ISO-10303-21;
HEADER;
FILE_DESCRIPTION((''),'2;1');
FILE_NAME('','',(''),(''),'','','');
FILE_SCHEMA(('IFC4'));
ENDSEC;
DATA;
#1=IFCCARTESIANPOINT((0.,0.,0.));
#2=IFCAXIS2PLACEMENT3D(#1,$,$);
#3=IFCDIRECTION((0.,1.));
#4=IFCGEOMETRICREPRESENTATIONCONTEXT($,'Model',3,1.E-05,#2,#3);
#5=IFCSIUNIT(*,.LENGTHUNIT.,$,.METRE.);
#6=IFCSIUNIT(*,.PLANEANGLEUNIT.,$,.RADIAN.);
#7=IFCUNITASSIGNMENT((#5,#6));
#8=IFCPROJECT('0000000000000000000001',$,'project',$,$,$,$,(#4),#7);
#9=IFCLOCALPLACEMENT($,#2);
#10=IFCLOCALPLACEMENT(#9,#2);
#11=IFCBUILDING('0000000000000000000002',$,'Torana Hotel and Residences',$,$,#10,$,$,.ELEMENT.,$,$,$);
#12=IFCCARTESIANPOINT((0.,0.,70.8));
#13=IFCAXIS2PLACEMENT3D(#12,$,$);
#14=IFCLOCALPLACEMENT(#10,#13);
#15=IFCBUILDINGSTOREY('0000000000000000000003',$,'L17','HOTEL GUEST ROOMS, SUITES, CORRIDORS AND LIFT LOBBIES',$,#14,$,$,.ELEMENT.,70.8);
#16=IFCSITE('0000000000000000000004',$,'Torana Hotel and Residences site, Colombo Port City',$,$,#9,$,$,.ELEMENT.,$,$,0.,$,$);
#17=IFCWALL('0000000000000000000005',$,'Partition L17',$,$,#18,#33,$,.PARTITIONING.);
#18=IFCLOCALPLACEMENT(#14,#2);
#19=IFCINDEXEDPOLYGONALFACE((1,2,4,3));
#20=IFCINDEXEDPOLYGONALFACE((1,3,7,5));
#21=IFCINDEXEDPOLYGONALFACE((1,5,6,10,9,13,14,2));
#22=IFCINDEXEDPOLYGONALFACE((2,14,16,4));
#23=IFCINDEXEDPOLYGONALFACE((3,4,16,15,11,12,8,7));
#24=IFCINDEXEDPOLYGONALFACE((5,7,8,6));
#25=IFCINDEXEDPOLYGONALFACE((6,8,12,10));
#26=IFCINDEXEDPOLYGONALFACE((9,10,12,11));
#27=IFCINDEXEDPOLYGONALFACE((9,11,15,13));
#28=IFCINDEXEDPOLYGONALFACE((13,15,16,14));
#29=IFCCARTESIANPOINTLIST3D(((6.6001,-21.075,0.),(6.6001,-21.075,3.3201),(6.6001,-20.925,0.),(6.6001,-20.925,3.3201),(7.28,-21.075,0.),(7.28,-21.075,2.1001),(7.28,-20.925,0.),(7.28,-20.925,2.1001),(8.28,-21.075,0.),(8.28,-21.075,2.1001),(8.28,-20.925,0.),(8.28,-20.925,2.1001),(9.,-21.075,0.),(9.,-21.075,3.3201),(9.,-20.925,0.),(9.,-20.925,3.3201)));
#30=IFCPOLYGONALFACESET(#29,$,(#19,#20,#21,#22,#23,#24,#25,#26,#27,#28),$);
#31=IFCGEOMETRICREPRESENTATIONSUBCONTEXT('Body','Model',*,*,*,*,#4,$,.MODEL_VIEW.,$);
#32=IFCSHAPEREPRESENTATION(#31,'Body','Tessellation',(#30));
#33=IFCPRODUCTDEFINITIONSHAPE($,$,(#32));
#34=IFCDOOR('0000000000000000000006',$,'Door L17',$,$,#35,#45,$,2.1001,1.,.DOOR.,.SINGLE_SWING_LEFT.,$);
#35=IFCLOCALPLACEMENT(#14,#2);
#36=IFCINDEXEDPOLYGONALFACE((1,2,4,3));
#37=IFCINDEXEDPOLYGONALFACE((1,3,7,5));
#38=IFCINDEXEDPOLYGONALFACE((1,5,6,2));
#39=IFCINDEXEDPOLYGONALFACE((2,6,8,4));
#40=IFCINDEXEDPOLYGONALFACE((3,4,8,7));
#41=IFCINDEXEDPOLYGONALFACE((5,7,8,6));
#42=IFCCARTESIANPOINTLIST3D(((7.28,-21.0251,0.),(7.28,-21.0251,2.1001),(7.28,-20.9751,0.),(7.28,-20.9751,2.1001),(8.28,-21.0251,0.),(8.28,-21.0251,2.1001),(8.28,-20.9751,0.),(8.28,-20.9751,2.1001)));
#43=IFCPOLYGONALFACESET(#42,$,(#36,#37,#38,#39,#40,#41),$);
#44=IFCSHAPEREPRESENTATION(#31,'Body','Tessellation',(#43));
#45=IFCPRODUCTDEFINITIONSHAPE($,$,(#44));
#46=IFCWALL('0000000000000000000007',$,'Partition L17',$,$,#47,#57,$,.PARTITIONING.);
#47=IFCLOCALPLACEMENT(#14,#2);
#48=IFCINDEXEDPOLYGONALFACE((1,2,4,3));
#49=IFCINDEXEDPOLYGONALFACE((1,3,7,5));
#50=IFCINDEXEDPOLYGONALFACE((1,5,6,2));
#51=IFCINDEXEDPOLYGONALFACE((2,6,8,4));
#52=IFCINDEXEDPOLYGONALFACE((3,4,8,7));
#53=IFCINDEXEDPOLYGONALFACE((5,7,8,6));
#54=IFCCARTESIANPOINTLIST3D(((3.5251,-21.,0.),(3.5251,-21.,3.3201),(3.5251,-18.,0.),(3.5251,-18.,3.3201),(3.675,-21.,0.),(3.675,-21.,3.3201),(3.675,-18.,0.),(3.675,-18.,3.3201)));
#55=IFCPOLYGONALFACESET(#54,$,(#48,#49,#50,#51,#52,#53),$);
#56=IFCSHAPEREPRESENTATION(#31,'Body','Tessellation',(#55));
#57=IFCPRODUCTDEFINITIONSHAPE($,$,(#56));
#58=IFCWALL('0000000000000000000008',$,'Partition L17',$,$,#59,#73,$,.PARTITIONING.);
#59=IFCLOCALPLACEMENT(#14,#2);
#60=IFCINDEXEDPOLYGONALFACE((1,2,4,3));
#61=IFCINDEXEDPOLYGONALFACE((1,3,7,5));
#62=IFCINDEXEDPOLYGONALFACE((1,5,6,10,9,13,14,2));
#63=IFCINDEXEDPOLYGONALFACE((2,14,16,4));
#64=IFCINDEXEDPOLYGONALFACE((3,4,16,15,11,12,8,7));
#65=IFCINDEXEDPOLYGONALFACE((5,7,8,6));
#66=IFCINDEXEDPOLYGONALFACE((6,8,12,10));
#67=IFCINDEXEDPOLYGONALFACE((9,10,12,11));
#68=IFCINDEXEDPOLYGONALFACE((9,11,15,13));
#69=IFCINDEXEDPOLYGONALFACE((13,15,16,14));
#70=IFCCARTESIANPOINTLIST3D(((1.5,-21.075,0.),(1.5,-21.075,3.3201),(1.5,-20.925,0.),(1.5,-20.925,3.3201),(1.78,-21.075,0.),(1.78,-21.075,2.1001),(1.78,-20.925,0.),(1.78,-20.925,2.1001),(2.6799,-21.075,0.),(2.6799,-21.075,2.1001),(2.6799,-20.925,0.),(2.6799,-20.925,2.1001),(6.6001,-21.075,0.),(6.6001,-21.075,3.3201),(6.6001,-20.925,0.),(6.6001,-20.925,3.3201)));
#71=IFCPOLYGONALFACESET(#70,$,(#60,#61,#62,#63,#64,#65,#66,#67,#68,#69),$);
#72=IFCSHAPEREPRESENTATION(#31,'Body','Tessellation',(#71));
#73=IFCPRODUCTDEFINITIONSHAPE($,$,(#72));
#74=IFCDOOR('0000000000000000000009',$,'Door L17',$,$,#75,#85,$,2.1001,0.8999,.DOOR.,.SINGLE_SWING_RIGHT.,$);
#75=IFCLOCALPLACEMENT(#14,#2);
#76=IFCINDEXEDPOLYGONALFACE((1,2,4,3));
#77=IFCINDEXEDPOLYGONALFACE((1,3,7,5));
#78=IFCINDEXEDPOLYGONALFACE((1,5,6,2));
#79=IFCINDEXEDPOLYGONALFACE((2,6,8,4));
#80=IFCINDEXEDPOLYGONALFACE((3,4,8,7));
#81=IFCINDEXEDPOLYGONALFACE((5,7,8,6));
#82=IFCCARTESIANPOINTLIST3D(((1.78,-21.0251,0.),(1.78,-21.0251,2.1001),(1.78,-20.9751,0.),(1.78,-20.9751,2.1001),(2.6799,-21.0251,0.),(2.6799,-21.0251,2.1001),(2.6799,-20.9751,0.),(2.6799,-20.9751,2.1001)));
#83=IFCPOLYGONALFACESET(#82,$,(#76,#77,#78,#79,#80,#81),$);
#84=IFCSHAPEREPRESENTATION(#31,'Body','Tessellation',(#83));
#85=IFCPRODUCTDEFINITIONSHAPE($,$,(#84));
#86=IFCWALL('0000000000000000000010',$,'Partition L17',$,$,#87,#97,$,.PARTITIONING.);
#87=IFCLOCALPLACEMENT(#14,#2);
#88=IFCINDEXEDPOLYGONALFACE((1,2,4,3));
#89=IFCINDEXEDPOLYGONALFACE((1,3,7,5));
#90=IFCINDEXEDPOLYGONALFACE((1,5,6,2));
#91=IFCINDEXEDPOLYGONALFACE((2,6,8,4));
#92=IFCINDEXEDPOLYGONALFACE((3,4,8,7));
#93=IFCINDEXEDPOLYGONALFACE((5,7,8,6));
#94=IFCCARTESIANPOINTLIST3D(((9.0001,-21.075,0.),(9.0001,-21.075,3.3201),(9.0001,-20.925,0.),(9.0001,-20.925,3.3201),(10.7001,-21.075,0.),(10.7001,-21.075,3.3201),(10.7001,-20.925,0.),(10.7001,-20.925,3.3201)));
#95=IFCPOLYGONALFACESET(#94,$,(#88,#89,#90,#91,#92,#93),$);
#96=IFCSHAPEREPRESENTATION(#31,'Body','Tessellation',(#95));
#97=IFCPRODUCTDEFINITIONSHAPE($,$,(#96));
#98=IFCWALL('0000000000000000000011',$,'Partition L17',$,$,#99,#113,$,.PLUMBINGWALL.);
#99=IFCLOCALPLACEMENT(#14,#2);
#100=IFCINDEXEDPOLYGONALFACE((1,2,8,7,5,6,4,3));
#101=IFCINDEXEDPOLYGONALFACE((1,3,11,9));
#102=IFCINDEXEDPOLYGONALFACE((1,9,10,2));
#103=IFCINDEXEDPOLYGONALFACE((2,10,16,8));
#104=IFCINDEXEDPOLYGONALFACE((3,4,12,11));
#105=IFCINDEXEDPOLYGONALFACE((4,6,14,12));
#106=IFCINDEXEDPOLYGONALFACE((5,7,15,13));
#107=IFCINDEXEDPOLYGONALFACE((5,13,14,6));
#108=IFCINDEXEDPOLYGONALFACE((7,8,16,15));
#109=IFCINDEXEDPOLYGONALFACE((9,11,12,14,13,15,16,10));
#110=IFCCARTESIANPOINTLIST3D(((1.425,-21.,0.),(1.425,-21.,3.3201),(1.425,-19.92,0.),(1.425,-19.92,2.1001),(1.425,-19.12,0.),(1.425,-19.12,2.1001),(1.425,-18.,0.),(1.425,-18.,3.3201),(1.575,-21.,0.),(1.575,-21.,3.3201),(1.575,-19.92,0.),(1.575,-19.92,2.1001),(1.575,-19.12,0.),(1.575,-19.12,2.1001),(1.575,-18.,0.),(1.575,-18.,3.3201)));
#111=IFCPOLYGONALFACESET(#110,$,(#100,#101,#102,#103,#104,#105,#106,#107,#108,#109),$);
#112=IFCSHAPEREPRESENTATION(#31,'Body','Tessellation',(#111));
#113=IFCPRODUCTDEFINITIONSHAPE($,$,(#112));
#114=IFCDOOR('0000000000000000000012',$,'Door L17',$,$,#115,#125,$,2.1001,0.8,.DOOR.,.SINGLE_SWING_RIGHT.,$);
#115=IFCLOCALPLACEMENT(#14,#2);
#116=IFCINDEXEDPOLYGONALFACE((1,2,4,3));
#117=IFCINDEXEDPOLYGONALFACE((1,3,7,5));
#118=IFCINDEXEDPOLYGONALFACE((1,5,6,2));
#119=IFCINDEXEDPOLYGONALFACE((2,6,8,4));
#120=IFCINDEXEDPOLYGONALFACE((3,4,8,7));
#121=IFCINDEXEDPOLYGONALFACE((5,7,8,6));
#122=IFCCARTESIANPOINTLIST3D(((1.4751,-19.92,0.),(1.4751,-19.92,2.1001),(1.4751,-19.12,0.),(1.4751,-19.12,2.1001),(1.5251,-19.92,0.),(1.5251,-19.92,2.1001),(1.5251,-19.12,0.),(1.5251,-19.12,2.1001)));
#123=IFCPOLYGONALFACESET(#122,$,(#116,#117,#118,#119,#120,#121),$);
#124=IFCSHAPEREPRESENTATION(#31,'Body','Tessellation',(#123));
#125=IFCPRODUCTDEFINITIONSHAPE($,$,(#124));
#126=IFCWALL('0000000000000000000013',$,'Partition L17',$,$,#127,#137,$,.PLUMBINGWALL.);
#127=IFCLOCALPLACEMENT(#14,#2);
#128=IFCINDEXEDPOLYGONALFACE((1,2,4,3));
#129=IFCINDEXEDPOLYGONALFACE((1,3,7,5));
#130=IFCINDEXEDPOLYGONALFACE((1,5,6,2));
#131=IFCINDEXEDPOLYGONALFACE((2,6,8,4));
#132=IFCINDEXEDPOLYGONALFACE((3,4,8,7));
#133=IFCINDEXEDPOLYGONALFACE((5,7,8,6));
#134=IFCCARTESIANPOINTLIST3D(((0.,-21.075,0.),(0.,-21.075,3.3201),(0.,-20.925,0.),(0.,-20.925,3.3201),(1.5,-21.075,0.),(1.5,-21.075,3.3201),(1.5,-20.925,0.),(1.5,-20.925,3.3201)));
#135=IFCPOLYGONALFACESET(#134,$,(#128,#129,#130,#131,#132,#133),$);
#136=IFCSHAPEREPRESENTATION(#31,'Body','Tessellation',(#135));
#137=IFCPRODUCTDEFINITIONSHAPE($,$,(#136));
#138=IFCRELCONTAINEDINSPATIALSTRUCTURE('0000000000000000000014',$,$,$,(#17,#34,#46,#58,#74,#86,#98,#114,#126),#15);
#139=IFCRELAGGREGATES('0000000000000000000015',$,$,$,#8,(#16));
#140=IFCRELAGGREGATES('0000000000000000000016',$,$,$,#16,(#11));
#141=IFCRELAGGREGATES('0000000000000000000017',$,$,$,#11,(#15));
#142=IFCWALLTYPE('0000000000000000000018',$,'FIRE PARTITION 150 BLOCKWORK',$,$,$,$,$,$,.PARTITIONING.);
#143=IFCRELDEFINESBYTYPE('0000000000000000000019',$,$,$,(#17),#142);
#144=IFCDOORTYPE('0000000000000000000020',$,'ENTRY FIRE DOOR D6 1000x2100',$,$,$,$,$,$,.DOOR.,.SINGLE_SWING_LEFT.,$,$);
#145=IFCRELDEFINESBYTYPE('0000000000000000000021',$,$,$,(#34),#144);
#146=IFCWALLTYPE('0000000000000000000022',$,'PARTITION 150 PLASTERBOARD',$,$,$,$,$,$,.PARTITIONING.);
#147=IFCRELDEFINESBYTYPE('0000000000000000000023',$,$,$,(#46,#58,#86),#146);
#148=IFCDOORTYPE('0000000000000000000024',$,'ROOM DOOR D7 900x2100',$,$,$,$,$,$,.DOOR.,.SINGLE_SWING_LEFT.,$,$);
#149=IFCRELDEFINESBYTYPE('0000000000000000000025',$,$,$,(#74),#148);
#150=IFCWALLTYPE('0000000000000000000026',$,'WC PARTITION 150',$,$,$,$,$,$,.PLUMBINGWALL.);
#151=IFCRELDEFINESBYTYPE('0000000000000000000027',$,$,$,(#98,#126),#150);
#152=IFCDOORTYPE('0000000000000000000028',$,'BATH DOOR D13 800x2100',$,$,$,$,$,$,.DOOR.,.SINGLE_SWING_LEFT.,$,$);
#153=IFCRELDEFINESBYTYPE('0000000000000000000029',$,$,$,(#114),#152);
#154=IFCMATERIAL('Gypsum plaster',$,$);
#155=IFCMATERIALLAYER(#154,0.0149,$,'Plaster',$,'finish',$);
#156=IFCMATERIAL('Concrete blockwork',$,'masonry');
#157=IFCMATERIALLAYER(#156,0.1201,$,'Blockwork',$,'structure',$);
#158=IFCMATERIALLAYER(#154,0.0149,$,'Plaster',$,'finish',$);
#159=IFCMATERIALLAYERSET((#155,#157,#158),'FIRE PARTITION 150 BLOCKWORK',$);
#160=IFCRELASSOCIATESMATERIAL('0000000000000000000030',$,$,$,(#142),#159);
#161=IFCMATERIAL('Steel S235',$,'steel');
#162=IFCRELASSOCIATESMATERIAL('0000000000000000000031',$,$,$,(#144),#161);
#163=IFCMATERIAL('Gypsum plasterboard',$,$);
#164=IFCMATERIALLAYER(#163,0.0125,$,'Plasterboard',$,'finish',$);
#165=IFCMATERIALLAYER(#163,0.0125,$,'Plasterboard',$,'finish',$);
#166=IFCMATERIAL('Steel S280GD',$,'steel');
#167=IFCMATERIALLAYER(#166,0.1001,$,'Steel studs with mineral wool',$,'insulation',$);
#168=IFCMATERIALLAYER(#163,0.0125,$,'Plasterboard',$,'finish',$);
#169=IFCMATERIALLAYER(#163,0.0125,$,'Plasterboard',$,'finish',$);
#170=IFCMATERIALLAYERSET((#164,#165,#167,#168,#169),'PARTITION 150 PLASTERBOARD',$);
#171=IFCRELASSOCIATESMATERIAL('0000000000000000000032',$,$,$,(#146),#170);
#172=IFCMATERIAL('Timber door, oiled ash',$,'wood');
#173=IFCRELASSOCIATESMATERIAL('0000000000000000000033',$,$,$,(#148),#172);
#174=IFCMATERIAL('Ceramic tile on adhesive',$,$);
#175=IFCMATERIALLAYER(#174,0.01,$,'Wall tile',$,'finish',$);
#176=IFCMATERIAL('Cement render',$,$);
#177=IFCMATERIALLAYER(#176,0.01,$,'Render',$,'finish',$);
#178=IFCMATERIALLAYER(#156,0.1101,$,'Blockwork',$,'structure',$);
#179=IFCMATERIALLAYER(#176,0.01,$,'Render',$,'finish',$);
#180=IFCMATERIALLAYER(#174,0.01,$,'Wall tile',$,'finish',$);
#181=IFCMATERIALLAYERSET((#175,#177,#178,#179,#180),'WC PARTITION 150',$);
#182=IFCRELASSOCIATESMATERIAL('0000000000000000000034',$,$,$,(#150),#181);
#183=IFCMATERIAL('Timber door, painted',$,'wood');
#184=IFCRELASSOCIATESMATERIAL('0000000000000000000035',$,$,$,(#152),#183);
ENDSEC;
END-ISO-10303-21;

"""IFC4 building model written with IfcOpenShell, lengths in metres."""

from ifc_helpers import new_model, si_unit, direction, frame, frame_2d, origin, place, context, subcontext, project, spatial, rectangle, extrude, material, layer, layer_set, type_object, element, fill, save


model = new_model("IFC4")

# Units and contexts
model_context = context("Model", 3, precision=1e-05, world=origin(), true_north=direction((0.0, 1.0)))
body_context = subcontext(model_context, "Body", "Model", "MODEL_VIEW")
ifc_project = project(units=[si_unit("LENGTHUNIT", "METRE"), si_unit("PLANEANGLEUNIT", "RADIAN")], contexts=[model_context])

# Site, building, storey
site_placement = place(None, origin())
site = spatial("IfcSite", under=ifc_project, at=site_placement, Name="Torana Hotel and Residences site, Colombo Port City", CompositionType="ELEMENT", RefElevation=0.0)
building_placement = place(site_placement, origin())
building = spatial("IfcBuilding", under=site, at=building_placement, Name="Torana Hotel and Residences", CompositionType="ELEMENT")
storey_placement = place(building_placement, frame((0.0, 0.0, 70.8)))
storey = spatial("IfcBuildingStorey", under=building, at=storey_placement, Name="L17", Description="HOTEL GUEST ROOMS, SUITES, CORRIDORS AND LIFT LOBBIES", CompositionType="ELEMENT", Elevation=70.8)

# Shared definitions
ifc_material_1 = material(Name="Gypsum plaster")
ifc_layer_1 = layer(ifc_material_1, 0.0149, Name="Plaster", Category="finish")
ifc_material_2 = material(Name="Concrete blockwork", Category="masonry")
ifc_layer_2 = layer(ifc_material_2, 0.1201, Name="Blockwork", Category="structure")
ifc_layer_3 = layer(ifc_material_1, 0.0149, Name="Plaster", Category="finish")
ifc_layer_set_1 = layer_set([ifc_layer_1, ifc_layer_2, ifc_layer_3], Name="FIRE PARTITION 150 BLOCKWORK")
wall_type_1 = type_object("IfcWallType", Name="FIRE PARTITION 150 BLOCKWORK", PredefinedType="PARTITIONING", material=ifc_layer_set_1)

# Wall, opening, door
ifc_material_3 = material(Name="Steel S235", Category="steel")
door_type_1 = type_object("IfcDoorType", Name="ENTRY FIRE DOOR D6 1000x2100", OperationType="SINGLE_SWING_LEFT", PredefinedType="DOOR", material=ifc_material_3)
wall_1_placement = place(storey_placement, frame((6.6001, -21.0, 0.0), z_axis=(0.0, 0.0, 1.0), x_axis=(1.0, 0.0, 0.0)))
wall_1 = element("IfcWall", 1, at=wall_1_placement, inside=storey, type_object=wall_type_1, Name="Partition L17", PredefinedType="PARTITIONING", context=body_context, shape_type="SweptSolid", body=[
    extrude(rectangle(XDim=2.3999, YDim=0.1499, at=frame_2d((1.2, 0.0))), origin(), (0.0, 0.0, 1.0), 3.3201),
])
opening_1_placement = place(wall_1_placement, frame((0.6799, 0.0, 0.0)))
opening_1 = element("IfcOpeningElement", 2, at=opening_1_placement, cuts=wall_1, PredefinedType="OPENING", context=body_context, shape_type="SweptSolid", body=[
    extrude(rectangle(XDim=1.0, YDim=2.1001, at=frame_2d((0.5, 1.05))), frame((0.0, 0.085, 0.0), z_axis=(0.0, -1.0, 0.0), x_axis=(1.0, 0.0, 0.0)), (0.0, 0.0, 1.0), 0.1699),
])
door_1_placement = place(opening_1_placement, frame((0.5, 0.0, 0.0), z_axis=(0.0, 0.0, 1.0), x_axis=(-1.0, 0.0, 0.0)))
door_1 = element("IfcDoor", 3, at=door_1_placement, inside=storey, type_object=door_type_1, Name="Door L17", OperationType="SINGLE_SWING_LEFT", OverallHeight=2.1001, OverallWidth=1.0, PredefinedType="DOOR", context=body_context, shape_type="SweptSolid", body=[
    extrude(rectangle(XDim=1.0, YDim=2.1001, at=frame_2d((0.0, 1.05))), frame((0.0, -0.0249, 0.0), z_axis=(0.0, 1.0, 0.0), x_axis=(-1.0, 0.0, 0.0)), (0.0, 0.0, 1.0), 0.05),
])
fill(opening_1, door_1)

# Wall
ifc_material_4 = material(Name="Gypsum plasterboard")
ifc_layer_4 = layer(ifc_material_4, 0.0125, Name="Plasterboard", Category="finish")
ifc_layer_5 = layer(ifc_material_4, 0.0125, Name="Plasterboard", Category="finish")
ifc_material_5 = material(Name="Steel S280GD", Category="steel")
ifc_layer_6 = layer(ifc_material_5, 0.1001, Name="Steel studs with mineral wool", Category="insulation")
ifc_layer_7 = layer(ifc_material_4, 0.0125, Name="Plasterboard", Category="finish")
ifc_layer_8 = layer(ifc_material_4, 0.0125, Name="Plasterboard", Category="finish")
ifc_layer_set_2 = layer_set([ifc_layer_4, ifc_layer_5, ifc_layer_6, ifc_layer_7, ifc_layer_8], Name="PARTITION 150 PLASTERBOARD")
wall_type_2 = type_object("IfcWallType", Name="PARTITION 150 PLASTERBOARD", PredefinedType="PARTITIONING", material=ifc_layer_set_2)
wall_2_placement = place(storey_placement, frame((3.6001, -21.0, 0.0), z_axis=(0.0, 0.0, 1.0), x_axis=(0.0, 1.0, 0.0)))
element("IfcWall", 4, at=wall_2_placement, inside=storey, type_object=wall_type_2, Name="Partition L17", PredefinedType="PARTITIONING", context=body_context, shape_type="SweptSolid", body=[
    extrude(rectangle(XDim=3.0, YDim=0.1499, at=frame_2d((1.5, 0.0))), origin(), (0.0, 0.0, 1.0), 3.3201),
])

# Wall, opening, door
wall_3_placement = place(storey_placement, frame((1.5, -21.0, 0.0), z_axis=(0.0, 0.0, 1.0), x_axis=(1.0, 0.0, 0.0)))
wall_3 = element("IfcWall", 5, at=wall_3_placement, inside=storey, type_object=wall_type_2, Name="Partition L17", PredefinedType="PARTITIONING", context=body_context, shape_type="SweptSolid", body=[
    extrude(rectangle(XDim=5.1001, YDim=0.1499, at=frame_2d((2.55, 0.0))), origin(), (0.0, 0.0, 1.0), 3.3201),
])
opening_2_placement = place(wall_3_placement, frame((0.28, 0.0, 0.0)))
opening_2 = element("IfcOpeningElement", 6, at=opening_2_placement, cuts=wall_3, PredefinedType="OPENING", context=body_context, shape_type="SweptSolid", body=[
    extrude(rectangle(XDim=0.8999, YDim=2.1001, at=frame_2d((0.45, 1.05))), frame((0.0, 0.085, 0.0), z_axis=(0.0, -1.0, 0.0), x_axis=(1.0, 0.0, 0.0)), (0.0, 0.0, 1.0), 0.1699),
])
ifc_material_6 = material(Name="Timber door, oiled ash", Category="wood")
door_type_2 = type_object("IfcDoorType", Name="ROOM DOOR D7 900x2100", OperationType="SINGLE_SWING_LEFT", PredefinedType="DOOR", material=ifc_material_6)
door_2_placement = place(opening_2_placement, origin())
door_2 = element("IfcDoor", 7, at=door_2_placement, inside=storey, type_object=door_type_2, Name="Door L17", OperationType="SINGLE_SWING_RIGHT", OverallHeight=2.1001, OverallWidth=0.8999, PredefinedType="DOOR", context=body_context, shape_type="SweptSolid", body=[
    extrude(rectangle(XDim=0.8999, YDim=2.1001, at=frame_2d((0.45, 1.05))), frame((0.0, 0.0249, 0.0), z_axis=(0.0, -1.0, 0.0), x_axis=(1.0, 0.0, 0.0)), (0.0, 0.0, 1.0), 0.05),
])
fill(opening_2, door_2)

# Wall
wall_4_placement = place(storey_placement, frame((9.0, -21.0, 0.0), z_axis=(0.0, 0.0, 1.0), x_axis=(1.0, 0.0, 0.0)))
element("IfcWall", 8, at=wall_4_placement, inside=storey, type_object=wall_type_2, Name="Partition L17", PredefinedType="PARTITIONING", context=body_context, shape_type="SweptSolid", body=[
    extrude(rectangle(XDim=1.7, YDim=0.1499, at=frame_2d((0.8501, 0.0))), origin(), (0.0, 0.0, 1.0), 3.3201),
])

# Wall, opening, door
ifc_material_7 = material(Name="Ceramic tile on adhesive")
ifc_layer_9 = layer(ifc_material_7, 0.01, Name="Wall tile", Category="finish")
ifc_material_8 = material(Name="Cement render")
ifc_layer_10 = layer(ifc_material_8, 0.01, Name="Render", Category="finish")
ifc_layer_11 = layer(ifc_material_2, 0.1101, Name="Blockwork", Category="structure")
ifc_layer_12 = layer(ifc_material_8, 0.01, Name="Render", Category="finish")
ifc_layer_13 = layer(ifc_material_7, 0.01, Name="Wall tile", Category="finish")
ifc_layer_set_3 = layer_set([ifc_layer_9, ifc_layer_10, ifc_layer_11, ifc_layer_12, ifc_layer_13], Name="WC PARTITION 150")
wall_type_3 = type_object("IfcWallType", Name="WC PARTITION 150", PredefinedType="PLUMBINGWALL", material=ifc_layer_set_3)
wall_5_placement = place(storey_placement, frame((1.5, -21.0, 0.0), z_axis=(0.0, 0.0, 1.0), x_axis=(0.0, 1.0, 0.0)))
wall_5 = element("IfcWall", 9, at=wall_5_placement, inside=storey, type_object=wall_type_3, Name="Partition L17", PredefinedType="PLUMBINGWALL", context=body_context, shape_type="SweptSolid", body=[
    extrude(rectangle(XDim=3.0, YDim=0.1499, at=frame_2d((1.5, 0.0))), origin(), (0.0, 0.0, 1.0), 3.3201),
])
opening_3_placement = place(wall_5_placement, frame((1.0801, 0.0, 0.0)))
opening_3 = element("IfcOpeningElement", 10, at=opening_3_placement, cuts=wall_5, PredefinedType="OPENING", context=body_context, shape_type="SweptSolid", body=[
    extrude(rectangle(XDim=0.8, YDim=2.1001, at=frame_2d((0.3999, 1.05))), frame((0.0, 0.085, 0.0), z_axis=(0.0, -1.0, 0.0), x_axis=(1.0, 0.0, 0.0)), (0.0, 0.0, 1.0), 0.1699),
])
ifc_material_9 = material(Name="Timber door, painted", Category="wood")
door_type_3 = type_object("IfcDoorType", Name="BATH DOOR D13 800x2100", OperationType="SINGLE_SWING_LEFT", PredefinedType="DOOR", material=ifc_material_9)
door_3_placement = place(opening_3_placement, origin())
door_3 = element("IfcDoor", 11, at=door_3_placement, inside=storey, type_object=door_type_3, Name="Door L17", OperationType="SINGLE_SWING_RIGHT", OverallHeight=2.1001, OverallWidth=0.8, PredefinedType="DOOR", context=body_context, shape_type="SweptSolid", body=[
    extrude(rectangle(XDim=0.8, YDim=2.1001, at=frame_2d((0.3999, 1.05))), frame((0.0, 0.0249, 0.0), z_axis=(0.0, -1.0, 0.0), x_axis=(1.0, 0.0, 0.0)), (0.0, 0.0, 1.0), 0.05),
])
fill(opening_3, door_3)

# Wall
wall_6_placement = place(storey_placement, frame((0.0, -21.0, 0.0), z_axis=(0.0, 0.0, 1.0), x_axis=(1.0, 0.0, 0.0)))
element("IfcWall", 12, at=wall_6_placement, inside=storey, type_object=wall_type_3, Name="Partition L17", PredefinedType="PLUMBINGWALL", context=body_context, shape_type="SweptSolid", body=[
    extrude(rectangle(XDim=1.5, YDim=0.1499, at=frame_2d((0.75, 0.0))), origin(), (0.0, 0.0, 1.0), 3.3201),
])

save(model, "model.ifc")
